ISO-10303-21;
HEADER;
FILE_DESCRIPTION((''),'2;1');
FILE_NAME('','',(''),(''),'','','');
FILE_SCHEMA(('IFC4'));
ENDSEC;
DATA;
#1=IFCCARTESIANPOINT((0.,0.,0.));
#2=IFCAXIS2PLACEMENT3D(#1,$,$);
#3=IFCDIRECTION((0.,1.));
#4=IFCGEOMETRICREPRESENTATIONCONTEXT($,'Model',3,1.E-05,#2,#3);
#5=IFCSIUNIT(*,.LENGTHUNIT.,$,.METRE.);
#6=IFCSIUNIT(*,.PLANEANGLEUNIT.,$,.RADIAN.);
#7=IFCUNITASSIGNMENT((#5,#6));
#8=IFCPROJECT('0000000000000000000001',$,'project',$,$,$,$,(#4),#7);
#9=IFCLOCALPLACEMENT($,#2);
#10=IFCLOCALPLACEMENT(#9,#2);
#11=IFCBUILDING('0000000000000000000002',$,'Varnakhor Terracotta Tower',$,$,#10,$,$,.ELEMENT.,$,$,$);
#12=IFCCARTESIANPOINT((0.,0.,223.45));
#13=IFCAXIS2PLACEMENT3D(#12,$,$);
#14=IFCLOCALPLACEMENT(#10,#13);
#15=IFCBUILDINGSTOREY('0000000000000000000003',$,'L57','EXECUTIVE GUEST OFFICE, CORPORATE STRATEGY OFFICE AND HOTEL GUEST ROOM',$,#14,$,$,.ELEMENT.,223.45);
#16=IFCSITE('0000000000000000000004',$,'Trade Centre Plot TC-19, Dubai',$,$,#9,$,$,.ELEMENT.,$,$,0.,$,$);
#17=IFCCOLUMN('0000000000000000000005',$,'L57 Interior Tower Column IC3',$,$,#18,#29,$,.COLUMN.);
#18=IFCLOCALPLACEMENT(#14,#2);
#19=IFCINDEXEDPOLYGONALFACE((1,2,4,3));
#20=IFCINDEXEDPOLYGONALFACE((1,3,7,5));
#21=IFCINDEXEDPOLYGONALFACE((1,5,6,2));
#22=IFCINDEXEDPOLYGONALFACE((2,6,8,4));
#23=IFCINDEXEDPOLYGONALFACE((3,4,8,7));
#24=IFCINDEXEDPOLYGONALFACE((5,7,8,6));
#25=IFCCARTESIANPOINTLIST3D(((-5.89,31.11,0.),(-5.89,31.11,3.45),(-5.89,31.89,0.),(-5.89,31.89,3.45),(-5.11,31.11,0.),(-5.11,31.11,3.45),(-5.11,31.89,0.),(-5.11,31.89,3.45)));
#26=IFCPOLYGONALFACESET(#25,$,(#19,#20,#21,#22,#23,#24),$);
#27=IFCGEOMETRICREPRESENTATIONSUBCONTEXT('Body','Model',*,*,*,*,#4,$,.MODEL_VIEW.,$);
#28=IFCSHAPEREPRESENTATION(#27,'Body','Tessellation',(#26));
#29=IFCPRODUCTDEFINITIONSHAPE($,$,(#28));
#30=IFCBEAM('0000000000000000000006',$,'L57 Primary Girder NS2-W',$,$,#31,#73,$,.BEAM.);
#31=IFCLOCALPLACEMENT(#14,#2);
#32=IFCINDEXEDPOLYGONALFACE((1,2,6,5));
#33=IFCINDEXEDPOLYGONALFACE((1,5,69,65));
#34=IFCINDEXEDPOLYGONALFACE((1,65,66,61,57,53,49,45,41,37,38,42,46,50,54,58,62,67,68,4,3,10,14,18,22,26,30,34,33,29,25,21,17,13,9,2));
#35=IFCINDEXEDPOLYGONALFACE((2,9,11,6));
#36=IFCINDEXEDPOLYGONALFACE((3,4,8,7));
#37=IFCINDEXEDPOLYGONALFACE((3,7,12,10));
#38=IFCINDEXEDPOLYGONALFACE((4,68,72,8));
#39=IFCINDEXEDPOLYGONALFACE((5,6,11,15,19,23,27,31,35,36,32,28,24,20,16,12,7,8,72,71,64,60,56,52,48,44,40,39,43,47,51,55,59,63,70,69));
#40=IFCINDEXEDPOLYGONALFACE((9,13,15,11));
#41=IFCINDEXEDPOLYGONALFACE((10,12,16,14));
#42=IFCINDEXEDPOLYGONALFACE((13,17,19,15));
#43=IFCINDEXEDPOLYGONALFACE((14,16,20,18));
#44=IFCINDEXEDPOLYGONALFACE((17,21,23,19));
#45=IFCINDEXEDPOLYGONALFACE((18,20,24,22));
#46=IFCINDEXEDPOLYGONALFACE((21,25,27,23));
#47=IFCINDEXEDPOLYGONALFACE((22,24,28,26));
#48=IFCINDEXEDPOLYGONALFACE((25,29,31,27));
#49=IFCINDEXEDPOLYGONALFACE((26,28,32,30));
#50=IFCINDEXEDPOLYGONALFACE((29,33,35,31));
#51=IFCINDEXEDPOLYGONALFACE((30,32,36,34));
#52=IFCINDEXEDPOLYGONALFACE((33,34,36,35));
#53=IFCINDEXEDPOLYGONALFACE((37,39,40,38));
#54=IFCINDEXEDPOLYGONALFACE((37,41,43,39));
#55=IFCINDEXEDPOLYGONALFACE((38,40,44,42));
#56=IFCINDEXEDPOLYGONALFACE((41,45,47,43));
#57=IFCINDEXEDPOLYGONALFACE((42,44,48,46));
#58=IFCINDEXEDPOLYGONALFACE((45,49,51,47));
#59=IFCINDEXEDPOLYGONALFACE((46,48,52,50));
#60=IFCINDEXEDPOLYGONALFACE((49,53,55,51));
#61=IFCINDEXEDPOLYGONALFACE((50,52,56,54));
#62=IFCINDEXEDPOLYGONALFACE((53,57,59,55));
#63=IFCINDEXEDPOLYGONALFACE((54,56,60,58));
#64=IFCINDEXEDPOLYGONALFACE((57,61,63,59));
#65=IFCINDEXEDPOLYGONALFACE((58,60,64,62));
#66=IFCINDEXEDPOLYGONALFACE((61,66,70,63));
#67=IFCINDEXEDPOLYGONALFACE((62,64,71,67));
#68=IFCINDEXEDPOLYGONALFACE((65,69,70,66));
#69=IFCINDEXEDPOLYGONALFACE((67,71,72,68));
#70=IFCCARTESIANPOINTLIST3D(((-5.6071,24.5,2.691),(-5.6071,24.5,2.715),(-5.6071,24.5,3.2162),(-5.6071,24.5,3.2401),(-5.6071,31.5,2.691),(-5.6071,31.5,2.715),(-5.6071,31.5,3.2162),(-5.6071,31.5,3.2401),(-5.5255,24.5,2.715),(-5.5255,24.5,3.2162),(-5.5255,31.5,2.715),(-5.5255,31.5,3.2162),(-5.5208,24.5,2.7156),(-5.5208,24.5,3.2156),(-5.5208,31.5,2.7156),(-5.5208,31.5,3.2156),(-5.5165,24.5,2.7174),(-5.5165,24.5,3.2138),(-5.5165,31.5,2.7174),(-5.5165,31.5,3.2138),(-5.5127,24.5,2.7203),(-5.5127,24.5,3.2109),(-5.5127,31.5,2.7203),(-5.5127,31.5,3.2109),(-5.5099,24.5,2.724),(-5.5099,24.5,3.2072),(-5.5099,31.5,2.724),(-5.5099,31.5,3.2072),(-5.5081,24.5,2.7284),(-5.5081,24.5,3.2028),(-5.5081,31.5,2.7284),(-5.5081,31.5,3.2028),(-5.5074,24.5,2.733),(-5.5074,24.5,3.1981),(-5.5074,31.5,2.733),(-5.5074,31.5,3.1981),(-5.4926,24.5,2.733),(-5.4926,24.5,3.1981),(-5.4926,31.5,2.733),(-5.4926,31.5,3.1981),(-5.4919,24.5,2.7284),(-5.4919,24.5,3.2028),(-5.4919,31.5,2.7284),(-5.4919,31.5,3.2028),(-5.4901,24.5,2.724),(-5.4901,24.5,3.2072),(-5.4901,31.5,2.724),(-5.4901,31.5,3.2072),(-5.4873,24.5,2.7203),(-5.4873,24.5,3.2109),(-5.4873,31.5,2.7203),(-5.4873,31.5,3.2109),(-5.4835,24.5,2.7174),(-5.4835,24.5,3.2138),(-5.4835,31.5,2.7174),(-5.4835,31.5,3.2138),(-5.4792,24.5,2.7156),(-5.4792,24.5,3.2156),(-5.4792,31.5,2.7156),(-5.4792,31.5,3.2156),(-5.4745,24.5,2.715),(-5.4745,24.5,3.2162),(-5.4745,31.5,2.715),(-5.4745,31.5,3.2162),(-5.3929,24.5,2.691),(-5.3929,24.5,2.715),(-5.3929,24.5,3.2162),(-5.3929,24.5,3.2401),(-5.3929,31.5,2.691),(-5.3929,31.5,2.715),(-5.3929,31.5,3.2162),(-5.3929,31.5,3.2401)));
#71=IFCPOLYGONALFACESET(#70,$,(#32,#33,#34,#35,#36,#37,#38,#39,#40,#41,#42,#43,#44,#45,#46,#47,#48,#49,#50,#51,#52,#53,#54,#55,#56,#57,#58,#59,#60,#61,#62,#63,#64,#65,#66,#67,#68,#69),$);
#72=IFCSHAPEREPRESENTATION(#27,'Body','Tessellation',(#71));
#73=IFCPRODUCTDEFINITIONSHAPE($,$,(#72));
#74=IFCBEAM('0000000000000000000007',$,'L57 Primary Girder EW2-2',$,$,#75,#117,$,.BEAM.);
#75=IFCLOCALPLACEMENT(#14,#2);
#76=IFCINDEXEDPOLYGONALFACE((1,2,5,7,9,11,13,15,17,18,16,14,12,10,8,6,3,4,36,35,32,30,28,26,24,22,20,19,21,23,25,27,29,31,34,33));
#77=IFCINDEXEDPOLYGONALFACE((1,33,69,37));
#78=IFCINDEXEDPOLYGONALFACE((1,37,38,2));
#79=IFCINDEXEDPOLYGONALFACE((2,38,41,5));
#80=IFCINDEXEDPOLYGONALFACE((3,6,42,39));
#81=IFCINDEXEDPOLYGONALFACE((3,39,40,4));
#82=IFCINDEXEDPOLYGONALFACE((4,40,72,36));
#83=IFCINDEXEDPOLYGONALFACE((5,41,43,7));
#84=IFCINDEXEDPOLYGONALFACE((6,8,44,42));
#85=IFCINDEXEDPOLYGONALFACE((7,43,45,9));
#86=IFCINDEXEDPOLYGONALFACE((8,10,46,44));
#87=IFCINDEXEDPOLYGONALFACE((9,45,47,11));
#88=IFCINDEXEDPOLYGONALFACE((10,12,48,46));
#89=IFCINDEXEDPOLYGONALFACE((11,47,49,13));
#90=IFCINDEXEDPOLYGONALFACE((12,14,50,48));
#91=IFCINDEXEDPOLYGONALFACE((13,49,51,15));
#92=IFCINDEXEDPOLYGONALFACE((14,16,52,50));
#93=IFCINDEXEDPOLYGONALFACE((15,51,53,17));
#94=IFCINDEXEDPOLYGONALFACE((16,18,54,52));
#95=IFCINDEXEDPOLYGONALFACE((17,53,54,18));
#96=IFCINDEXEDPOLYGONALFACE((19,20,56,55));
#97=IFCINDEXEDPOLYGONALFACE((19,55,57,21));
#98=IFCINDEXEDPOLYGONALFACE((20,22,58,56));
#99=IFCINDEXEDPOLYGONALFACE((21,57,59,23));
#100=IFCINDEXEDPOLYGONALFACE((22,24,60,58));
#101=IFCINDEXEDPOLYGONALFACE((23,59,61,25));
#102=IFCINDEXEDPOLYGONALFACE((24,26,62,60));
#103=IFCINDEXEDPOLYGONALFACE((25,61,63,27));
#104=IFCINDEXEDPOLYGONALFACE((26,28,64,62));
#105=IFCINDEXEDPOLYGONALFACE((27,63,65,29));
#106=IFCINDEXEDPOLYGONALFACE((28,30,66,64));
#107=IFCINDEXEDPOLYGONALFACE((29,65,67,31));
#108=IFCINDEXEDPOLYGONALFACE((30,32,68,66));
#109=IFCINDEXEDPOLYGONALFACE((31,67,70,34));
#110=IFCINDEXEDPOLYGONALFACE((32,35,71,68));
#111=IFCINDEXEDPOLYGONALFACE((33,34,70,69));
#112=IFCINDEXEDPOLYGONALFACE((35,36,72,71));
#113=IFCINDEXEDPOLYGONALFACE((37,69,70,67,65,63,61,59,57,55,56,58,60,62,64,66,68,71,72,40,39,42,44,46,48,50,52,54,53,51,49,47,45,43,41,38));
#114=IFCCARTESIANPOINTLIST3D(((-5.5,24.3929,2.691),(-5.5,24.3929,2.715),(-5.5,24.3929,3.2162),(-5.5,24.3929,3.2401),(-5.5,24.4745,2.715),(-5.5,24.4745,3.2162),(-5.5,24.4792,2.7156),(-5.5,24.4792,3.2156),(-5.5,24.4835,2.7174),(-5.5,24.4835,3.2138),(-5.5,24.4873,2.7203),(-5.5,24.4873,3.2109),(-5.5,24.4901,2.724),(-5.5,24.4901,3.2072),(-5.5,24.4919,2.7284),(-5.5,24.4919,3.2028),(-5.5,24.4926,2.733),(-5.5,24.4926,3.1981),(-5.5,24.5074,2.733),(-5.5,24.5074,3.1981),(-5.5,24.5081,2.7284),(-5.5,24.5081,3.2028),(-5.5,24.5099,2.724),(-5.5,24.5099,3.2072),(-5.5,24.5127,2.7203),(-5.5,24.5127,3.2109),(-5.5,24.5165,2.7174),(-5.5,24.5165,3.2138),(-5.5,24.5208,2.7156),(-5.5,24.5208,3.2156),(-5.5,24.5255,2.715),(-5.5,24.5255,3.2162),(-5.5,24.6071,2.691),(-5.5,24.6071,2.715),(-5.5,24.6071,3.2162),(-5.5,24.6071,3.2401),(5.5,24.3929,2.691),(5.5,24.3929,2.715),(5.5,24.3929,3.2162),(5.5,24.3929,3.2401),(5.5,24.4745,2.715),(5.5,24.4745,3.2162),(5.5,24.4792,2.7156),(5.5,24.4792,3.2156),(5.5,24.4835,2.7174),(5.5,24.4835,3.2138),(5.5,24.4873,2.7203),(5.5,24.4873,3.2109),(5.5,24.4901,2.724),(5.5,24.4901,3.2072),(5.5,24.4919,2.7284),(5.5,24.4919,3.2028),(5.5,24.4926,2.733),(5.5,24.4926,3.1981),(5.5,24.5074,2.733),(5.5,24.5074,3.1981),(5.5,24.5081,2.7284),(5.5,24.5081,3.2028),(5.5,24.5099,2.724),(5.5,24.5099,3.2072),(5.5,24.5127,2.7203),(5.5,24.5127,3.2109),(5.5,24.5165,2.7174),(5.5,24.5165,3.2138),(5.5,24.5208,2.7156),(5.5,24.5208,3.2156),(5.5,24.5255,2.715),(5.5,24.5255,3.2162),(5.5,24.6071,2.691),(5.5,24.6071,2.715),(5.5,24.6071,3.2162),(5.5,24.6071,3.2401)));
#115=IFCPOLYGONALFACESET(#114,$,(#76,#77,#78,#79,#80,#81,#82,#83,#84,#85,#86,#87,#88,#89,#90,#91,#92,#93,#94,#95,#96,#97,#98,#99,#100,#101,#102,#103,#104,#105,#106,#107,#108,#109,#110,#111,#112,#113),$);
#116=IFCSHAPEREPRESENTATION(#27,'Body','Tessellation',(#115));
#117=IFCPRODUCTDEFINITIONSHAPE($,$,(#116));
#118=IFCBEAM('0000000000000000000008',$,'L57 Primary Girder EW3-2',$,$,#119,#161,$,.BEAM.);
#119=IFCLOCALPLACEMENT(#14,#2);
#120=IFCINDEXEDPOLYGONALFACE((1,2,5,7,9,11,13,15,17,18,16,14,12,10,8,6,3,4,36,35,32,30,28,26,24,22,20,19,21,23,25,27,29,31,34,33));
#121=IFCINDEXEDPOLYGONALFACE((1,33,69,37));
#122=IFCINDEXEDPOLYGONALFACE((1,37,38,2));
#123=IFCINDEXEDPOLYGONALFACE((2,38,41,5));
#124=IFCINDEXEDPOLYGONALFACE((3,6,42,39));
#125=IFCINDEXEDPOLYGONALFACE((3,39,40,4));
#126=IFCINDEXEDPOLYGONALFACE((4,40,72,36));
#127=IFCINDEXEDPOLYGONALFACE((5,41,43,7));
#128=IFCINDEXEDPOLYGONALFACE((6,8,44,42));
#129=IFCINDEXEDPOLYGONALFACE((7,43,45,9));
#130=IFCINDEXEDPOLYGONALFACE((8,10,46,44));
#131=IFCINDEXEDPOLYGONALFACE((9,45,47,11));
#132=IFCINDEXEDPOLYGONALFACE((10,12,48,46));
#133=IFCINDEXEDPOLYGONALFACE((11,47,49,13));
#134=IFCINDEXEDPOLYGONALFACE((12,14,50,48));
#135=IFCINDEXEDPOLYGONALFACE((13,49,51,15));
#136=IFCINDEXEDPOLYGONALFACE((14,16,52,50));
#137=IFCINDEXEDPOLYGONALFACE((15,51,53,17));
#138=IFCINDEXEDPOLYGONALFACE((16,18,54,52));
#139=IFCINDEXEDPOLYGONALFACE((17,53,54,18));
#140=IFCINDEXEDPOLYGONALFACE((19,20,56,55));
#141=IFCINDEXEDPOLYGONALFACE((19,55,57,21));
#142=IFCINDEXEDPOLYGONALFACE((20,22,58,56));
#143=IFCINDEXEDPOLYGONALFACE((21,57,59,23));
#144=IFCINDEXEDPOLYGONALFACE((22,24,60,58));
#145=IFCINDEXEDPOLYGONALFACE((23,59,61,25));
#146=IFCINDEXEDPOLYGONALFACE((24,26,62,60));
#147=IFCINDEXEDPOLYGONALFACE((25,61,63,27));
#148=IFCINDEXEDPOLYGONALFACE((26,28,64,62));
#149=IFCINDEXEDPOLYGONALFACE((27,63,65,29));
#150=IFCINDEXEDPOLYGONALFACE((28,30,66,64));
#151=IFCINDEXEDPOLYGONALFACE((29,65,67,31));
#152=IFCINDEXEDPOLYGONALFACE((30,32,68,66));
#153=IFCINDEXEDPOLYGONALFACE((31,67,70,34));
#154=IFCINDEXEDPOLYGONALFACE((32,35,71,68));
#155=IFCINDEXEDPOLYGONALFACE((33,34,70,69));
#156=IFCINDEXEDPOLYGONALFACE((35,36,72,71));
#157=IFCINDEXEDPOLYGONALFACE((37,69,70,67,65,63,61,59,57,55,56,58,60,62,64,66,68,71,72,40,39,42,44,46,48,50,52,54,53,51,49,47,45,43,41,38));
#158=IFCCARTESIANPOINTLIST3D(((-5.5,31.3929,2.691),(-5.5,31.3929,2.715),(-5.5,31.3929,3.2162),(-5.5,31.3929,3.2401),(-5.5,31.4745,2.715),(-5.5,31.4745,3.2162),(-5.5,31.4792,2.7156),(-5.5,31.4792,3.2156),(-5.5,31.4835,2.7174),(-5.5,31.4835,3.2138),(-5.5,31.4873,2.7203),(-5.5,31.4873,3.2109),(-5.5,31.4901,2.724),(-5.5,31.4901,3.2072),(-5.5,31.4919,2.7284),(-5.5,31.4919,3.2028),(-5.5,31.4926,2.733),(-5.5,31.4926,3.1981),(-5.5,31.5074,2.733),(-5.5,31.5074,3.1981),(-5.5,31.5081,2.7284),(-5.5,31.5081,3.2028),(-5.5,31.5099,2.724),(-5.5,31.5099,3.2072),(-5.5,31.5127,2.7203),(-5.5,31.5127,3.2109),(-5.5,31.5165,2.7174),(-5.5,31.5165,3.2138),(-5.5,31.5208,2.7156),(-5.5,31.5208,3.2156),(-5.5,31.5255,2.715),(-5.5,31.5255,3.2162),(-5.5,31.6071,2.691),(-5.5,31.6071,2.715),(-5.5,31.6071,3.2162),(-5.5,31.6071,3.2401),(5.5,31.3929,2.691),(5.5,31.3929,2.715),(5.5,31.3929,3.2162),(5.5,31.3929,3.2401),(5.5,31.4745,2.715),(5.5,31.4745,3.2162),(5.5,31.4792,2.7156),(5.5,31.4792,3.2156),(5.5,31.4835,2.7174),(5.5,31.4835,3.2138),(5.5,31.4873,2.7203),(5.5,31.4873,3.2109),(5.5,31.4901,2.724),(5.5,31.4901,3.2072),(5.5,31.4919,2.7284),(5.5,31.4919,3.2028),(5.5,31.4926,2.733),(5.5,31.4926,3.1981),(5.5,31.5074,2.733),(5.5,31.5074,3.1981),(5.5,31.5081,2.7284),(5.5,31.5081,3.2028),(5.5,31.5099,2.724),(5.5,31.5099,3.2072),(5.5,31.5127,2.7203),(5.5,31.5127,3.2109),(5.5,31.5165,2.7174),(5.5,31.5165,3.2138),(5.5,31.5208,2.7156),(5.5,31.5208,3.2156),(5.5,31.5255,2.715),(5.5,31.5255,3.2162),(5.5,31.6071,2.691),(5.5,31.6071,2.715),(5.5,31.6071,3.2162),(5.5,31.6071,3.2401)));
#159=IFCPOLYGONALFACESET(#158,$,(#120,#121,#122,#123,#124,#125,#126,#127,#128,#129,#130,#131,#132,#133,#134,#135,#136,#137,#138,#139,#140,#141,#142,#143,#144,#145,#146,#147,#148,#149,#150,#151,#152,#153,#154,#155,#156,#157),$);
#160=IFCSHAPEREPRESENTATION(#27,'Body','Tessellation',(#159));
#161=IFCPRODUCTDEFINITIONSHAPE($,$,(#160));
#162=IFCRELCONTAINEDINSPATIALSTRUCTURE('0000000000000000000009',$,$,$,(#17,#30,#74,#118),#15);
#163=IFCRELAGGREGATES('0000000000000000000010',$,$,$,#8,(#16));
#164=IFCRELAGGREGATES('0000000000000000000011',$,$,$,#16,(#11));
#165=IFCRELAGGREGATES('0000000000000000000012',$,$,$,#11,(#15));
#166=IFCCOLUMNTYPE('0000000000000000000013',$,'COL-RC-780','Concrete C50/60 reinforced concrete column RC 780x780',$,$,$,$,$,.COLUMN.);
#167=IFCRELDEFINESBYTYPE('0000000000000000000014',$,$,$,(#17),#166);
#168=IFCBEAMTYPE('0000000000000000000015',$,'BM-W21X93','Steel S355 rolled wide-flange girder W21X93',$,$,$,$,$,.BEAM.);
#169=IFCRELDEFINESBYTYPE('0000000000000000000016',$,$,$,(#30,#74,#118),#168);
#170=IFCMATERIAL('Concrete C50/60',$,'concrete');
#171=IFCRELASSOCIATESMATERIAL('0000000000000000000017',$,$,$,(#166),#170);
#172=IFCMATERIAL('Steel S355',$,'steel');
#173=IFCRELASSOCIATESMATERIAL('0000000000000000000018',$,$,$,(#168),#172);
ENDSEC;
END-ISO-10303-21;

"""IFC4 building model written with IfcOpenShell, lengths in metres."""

from ifc_helpers import new_model, si_unit, direction, frame, origin, origin_2d, place, context, subcontext, project, spatial, rectangle, i_section, extrude, source, transform, mapped, material, material_profile, profile_set, type_object, element, save


model = new_model("IFC4")

# Units and contexts
model_context = context("Model", 3, precision=1e-05, world=origin(), true_north=direction((0.0, 1.0)))
body_context = subcontext(model_context, "Body", "Model", "MODEL_VIEW")
ifc_project = project(units=[si_unit("LENGTHUNIT", "METRE"), si_unit("PLANEANGLEUNIT", "RADIAN")], contexts=[model_context])

# Site, building, storey
site_placement = place(None, origin())
site = spatial("IfcSite", under=ifc_project, at=site_placement, Name="Trade Centre Plot TC-19, Dubai", CompositionType="ELEMENT", RefElevation=0.0)
building_placement = place(site_placement, origin())
building = spatial("IfcBuilding", under=site, at=building_placement, Name="Varnakhor Terracotta Tower", CompositionType="ELEMENT")
storey_placement = place(building_placement, frame((0.0, 0.0, 223.45)))
storey = spatial("IfcBuildingStorey", under=building, at=storey_placement, Name="L57", Description="EXECUTIVE GUEST OFFICE, CORPORATE STRATEGY OFFICE AND HOTEL GUEST ROOM", CompositionType="ELEMENT", Elevation=223.45)

# Column
ifc_material_1 = material(Name="Concrete C50/60", Category="concrete")
ifc_material_profile_1 = material_profile(ifc_material_1, rectangle(XDim=0.78, YDim=0.78, at=origin_2d()), Name="RC 780x780")
ifc_profile_set_1 = profile_set([ifc_material_profile_1], Name="Concrete C50/60")
column_type = type_object("IfcColumnType", Name="COL-RC-780", Description="Concrete C50/60 reinforced concrete column RC 780x780", PredefinedType="COLUMN", material=ifc_profile_set_1)
shared_shape_1 = source(origin(), body_context, "Body", "SweptSolid", [
    extrude(rectangle(XDim=0.78, YDim=0.78, at=origin_2d()), origin(), (0.0, 0.0, 1.0), 3.45),
])
column_placement = place(storey_placement, frame((-5.5, 31.5, 0.0), z_axis=(0.0, 0.0, 1.0), x_axis=(1.0, 0.0, 0.0)))
element("IfcColumn", 1, at=column_placement, inside=storey, type_object=column_type, Name="L57 Interior Tower Column IC3", PredefinedType="COLUMN", context=body_context, shape_type="MappedRepresentation", body=[
    mapped(shared_shape_1, transform((0.0, 0.0, 0.0), scale=1.0)),
])

# Beams
ifc_material_2 = material(Name="Steel S355", Category="steel")
ifc_material_profile_2 = material_profile(ifc_material_2, i_section(OverallWidth=0.2141, OverallDepth=0.5491, WebThickness=0.0149, FlangeThickness=0.0239, FilletRadius=0.0181, at=origin_2d()), Name="W21X93")
ifc_profile_set_2 = profile_set([ifc_material_profile_2], Name="Steel S355")
beam_type_1 = type_object("IfcBeamType", Name="BM-W21X93", Description="Steel S355 rolled wide-flange girder W21X93", PredefinedType="BEAM", material=ifc_profile_set_2)
shared_shape_2 = source(origin(), body_context, "Body", "SweptSolid", [
    extrude(i_section(OverallWidth=0.2141, OverallDepth=0.5491, WebThickness=0.0149, FlangeThickness=0.0239, FilletRadius=0.0181, at=origin_2d()), origin(), (0.0, 0.0, 1.0), 7.0),
])
beam_1_placement = place(storey_placement, frame((-5.5, 24.5, 2.9656), z_axis=(0.0, 1.0, 0.0), x_axis=(-1.0, 0.0, 0.0)))
element("IfcBeam", 2, at=beam_1_placement, inside=storey, type_object=beam_type_1, Name="L57 Primary Girder NS2-W", PredefinedType="BEAM", context=body_context, shape_type="MappedRepresentation", body=[
    mapped(shared_shape_2, transform((0.0, 0.0, 0.0), scale=1.0)),
])
shared_shape_3 = source(origin(), body_context, "Body", "SweptSolid", [
    extrude(i_section(OverallWidth=0.2141, OverallDepth=0.5491, WebThickness=0.0149, FlangeThickness=0.0239, FilletRadius=0.0181, at=origin_2d()), origin(), (0.0, 0.0, 1.0), 11.0),
])
for number, where, z_axis, x_axis, name in (
    (3, (-5.5, 24.5, 2.9656), (1.0, 0.0, 0.0), (0.0, 1.0, 0.0), "L57 Primary Girder EW2-2"),
    (4, (-5.5, 31.5, 2.9656), (1.0, 0.0, 0.0), (0.0, 1.0, 0.0), "L57 Primary Girder EW3-2"),
):
    element("IfcBeam", number, at=place(storey_placement, frame(where, z_axis=z_axis, x_axis=x_axis)), inside=storey, type_object=beam_type_1, Name=name, PredefinedType="BEAM", context=body_context, shape_type="MappedRepresentation", body=[
        mapped(shared_shape_3, transform((0.0, 0.0, 0.0), scale=1.0)),
    ])

save(model, "model.ifc")
